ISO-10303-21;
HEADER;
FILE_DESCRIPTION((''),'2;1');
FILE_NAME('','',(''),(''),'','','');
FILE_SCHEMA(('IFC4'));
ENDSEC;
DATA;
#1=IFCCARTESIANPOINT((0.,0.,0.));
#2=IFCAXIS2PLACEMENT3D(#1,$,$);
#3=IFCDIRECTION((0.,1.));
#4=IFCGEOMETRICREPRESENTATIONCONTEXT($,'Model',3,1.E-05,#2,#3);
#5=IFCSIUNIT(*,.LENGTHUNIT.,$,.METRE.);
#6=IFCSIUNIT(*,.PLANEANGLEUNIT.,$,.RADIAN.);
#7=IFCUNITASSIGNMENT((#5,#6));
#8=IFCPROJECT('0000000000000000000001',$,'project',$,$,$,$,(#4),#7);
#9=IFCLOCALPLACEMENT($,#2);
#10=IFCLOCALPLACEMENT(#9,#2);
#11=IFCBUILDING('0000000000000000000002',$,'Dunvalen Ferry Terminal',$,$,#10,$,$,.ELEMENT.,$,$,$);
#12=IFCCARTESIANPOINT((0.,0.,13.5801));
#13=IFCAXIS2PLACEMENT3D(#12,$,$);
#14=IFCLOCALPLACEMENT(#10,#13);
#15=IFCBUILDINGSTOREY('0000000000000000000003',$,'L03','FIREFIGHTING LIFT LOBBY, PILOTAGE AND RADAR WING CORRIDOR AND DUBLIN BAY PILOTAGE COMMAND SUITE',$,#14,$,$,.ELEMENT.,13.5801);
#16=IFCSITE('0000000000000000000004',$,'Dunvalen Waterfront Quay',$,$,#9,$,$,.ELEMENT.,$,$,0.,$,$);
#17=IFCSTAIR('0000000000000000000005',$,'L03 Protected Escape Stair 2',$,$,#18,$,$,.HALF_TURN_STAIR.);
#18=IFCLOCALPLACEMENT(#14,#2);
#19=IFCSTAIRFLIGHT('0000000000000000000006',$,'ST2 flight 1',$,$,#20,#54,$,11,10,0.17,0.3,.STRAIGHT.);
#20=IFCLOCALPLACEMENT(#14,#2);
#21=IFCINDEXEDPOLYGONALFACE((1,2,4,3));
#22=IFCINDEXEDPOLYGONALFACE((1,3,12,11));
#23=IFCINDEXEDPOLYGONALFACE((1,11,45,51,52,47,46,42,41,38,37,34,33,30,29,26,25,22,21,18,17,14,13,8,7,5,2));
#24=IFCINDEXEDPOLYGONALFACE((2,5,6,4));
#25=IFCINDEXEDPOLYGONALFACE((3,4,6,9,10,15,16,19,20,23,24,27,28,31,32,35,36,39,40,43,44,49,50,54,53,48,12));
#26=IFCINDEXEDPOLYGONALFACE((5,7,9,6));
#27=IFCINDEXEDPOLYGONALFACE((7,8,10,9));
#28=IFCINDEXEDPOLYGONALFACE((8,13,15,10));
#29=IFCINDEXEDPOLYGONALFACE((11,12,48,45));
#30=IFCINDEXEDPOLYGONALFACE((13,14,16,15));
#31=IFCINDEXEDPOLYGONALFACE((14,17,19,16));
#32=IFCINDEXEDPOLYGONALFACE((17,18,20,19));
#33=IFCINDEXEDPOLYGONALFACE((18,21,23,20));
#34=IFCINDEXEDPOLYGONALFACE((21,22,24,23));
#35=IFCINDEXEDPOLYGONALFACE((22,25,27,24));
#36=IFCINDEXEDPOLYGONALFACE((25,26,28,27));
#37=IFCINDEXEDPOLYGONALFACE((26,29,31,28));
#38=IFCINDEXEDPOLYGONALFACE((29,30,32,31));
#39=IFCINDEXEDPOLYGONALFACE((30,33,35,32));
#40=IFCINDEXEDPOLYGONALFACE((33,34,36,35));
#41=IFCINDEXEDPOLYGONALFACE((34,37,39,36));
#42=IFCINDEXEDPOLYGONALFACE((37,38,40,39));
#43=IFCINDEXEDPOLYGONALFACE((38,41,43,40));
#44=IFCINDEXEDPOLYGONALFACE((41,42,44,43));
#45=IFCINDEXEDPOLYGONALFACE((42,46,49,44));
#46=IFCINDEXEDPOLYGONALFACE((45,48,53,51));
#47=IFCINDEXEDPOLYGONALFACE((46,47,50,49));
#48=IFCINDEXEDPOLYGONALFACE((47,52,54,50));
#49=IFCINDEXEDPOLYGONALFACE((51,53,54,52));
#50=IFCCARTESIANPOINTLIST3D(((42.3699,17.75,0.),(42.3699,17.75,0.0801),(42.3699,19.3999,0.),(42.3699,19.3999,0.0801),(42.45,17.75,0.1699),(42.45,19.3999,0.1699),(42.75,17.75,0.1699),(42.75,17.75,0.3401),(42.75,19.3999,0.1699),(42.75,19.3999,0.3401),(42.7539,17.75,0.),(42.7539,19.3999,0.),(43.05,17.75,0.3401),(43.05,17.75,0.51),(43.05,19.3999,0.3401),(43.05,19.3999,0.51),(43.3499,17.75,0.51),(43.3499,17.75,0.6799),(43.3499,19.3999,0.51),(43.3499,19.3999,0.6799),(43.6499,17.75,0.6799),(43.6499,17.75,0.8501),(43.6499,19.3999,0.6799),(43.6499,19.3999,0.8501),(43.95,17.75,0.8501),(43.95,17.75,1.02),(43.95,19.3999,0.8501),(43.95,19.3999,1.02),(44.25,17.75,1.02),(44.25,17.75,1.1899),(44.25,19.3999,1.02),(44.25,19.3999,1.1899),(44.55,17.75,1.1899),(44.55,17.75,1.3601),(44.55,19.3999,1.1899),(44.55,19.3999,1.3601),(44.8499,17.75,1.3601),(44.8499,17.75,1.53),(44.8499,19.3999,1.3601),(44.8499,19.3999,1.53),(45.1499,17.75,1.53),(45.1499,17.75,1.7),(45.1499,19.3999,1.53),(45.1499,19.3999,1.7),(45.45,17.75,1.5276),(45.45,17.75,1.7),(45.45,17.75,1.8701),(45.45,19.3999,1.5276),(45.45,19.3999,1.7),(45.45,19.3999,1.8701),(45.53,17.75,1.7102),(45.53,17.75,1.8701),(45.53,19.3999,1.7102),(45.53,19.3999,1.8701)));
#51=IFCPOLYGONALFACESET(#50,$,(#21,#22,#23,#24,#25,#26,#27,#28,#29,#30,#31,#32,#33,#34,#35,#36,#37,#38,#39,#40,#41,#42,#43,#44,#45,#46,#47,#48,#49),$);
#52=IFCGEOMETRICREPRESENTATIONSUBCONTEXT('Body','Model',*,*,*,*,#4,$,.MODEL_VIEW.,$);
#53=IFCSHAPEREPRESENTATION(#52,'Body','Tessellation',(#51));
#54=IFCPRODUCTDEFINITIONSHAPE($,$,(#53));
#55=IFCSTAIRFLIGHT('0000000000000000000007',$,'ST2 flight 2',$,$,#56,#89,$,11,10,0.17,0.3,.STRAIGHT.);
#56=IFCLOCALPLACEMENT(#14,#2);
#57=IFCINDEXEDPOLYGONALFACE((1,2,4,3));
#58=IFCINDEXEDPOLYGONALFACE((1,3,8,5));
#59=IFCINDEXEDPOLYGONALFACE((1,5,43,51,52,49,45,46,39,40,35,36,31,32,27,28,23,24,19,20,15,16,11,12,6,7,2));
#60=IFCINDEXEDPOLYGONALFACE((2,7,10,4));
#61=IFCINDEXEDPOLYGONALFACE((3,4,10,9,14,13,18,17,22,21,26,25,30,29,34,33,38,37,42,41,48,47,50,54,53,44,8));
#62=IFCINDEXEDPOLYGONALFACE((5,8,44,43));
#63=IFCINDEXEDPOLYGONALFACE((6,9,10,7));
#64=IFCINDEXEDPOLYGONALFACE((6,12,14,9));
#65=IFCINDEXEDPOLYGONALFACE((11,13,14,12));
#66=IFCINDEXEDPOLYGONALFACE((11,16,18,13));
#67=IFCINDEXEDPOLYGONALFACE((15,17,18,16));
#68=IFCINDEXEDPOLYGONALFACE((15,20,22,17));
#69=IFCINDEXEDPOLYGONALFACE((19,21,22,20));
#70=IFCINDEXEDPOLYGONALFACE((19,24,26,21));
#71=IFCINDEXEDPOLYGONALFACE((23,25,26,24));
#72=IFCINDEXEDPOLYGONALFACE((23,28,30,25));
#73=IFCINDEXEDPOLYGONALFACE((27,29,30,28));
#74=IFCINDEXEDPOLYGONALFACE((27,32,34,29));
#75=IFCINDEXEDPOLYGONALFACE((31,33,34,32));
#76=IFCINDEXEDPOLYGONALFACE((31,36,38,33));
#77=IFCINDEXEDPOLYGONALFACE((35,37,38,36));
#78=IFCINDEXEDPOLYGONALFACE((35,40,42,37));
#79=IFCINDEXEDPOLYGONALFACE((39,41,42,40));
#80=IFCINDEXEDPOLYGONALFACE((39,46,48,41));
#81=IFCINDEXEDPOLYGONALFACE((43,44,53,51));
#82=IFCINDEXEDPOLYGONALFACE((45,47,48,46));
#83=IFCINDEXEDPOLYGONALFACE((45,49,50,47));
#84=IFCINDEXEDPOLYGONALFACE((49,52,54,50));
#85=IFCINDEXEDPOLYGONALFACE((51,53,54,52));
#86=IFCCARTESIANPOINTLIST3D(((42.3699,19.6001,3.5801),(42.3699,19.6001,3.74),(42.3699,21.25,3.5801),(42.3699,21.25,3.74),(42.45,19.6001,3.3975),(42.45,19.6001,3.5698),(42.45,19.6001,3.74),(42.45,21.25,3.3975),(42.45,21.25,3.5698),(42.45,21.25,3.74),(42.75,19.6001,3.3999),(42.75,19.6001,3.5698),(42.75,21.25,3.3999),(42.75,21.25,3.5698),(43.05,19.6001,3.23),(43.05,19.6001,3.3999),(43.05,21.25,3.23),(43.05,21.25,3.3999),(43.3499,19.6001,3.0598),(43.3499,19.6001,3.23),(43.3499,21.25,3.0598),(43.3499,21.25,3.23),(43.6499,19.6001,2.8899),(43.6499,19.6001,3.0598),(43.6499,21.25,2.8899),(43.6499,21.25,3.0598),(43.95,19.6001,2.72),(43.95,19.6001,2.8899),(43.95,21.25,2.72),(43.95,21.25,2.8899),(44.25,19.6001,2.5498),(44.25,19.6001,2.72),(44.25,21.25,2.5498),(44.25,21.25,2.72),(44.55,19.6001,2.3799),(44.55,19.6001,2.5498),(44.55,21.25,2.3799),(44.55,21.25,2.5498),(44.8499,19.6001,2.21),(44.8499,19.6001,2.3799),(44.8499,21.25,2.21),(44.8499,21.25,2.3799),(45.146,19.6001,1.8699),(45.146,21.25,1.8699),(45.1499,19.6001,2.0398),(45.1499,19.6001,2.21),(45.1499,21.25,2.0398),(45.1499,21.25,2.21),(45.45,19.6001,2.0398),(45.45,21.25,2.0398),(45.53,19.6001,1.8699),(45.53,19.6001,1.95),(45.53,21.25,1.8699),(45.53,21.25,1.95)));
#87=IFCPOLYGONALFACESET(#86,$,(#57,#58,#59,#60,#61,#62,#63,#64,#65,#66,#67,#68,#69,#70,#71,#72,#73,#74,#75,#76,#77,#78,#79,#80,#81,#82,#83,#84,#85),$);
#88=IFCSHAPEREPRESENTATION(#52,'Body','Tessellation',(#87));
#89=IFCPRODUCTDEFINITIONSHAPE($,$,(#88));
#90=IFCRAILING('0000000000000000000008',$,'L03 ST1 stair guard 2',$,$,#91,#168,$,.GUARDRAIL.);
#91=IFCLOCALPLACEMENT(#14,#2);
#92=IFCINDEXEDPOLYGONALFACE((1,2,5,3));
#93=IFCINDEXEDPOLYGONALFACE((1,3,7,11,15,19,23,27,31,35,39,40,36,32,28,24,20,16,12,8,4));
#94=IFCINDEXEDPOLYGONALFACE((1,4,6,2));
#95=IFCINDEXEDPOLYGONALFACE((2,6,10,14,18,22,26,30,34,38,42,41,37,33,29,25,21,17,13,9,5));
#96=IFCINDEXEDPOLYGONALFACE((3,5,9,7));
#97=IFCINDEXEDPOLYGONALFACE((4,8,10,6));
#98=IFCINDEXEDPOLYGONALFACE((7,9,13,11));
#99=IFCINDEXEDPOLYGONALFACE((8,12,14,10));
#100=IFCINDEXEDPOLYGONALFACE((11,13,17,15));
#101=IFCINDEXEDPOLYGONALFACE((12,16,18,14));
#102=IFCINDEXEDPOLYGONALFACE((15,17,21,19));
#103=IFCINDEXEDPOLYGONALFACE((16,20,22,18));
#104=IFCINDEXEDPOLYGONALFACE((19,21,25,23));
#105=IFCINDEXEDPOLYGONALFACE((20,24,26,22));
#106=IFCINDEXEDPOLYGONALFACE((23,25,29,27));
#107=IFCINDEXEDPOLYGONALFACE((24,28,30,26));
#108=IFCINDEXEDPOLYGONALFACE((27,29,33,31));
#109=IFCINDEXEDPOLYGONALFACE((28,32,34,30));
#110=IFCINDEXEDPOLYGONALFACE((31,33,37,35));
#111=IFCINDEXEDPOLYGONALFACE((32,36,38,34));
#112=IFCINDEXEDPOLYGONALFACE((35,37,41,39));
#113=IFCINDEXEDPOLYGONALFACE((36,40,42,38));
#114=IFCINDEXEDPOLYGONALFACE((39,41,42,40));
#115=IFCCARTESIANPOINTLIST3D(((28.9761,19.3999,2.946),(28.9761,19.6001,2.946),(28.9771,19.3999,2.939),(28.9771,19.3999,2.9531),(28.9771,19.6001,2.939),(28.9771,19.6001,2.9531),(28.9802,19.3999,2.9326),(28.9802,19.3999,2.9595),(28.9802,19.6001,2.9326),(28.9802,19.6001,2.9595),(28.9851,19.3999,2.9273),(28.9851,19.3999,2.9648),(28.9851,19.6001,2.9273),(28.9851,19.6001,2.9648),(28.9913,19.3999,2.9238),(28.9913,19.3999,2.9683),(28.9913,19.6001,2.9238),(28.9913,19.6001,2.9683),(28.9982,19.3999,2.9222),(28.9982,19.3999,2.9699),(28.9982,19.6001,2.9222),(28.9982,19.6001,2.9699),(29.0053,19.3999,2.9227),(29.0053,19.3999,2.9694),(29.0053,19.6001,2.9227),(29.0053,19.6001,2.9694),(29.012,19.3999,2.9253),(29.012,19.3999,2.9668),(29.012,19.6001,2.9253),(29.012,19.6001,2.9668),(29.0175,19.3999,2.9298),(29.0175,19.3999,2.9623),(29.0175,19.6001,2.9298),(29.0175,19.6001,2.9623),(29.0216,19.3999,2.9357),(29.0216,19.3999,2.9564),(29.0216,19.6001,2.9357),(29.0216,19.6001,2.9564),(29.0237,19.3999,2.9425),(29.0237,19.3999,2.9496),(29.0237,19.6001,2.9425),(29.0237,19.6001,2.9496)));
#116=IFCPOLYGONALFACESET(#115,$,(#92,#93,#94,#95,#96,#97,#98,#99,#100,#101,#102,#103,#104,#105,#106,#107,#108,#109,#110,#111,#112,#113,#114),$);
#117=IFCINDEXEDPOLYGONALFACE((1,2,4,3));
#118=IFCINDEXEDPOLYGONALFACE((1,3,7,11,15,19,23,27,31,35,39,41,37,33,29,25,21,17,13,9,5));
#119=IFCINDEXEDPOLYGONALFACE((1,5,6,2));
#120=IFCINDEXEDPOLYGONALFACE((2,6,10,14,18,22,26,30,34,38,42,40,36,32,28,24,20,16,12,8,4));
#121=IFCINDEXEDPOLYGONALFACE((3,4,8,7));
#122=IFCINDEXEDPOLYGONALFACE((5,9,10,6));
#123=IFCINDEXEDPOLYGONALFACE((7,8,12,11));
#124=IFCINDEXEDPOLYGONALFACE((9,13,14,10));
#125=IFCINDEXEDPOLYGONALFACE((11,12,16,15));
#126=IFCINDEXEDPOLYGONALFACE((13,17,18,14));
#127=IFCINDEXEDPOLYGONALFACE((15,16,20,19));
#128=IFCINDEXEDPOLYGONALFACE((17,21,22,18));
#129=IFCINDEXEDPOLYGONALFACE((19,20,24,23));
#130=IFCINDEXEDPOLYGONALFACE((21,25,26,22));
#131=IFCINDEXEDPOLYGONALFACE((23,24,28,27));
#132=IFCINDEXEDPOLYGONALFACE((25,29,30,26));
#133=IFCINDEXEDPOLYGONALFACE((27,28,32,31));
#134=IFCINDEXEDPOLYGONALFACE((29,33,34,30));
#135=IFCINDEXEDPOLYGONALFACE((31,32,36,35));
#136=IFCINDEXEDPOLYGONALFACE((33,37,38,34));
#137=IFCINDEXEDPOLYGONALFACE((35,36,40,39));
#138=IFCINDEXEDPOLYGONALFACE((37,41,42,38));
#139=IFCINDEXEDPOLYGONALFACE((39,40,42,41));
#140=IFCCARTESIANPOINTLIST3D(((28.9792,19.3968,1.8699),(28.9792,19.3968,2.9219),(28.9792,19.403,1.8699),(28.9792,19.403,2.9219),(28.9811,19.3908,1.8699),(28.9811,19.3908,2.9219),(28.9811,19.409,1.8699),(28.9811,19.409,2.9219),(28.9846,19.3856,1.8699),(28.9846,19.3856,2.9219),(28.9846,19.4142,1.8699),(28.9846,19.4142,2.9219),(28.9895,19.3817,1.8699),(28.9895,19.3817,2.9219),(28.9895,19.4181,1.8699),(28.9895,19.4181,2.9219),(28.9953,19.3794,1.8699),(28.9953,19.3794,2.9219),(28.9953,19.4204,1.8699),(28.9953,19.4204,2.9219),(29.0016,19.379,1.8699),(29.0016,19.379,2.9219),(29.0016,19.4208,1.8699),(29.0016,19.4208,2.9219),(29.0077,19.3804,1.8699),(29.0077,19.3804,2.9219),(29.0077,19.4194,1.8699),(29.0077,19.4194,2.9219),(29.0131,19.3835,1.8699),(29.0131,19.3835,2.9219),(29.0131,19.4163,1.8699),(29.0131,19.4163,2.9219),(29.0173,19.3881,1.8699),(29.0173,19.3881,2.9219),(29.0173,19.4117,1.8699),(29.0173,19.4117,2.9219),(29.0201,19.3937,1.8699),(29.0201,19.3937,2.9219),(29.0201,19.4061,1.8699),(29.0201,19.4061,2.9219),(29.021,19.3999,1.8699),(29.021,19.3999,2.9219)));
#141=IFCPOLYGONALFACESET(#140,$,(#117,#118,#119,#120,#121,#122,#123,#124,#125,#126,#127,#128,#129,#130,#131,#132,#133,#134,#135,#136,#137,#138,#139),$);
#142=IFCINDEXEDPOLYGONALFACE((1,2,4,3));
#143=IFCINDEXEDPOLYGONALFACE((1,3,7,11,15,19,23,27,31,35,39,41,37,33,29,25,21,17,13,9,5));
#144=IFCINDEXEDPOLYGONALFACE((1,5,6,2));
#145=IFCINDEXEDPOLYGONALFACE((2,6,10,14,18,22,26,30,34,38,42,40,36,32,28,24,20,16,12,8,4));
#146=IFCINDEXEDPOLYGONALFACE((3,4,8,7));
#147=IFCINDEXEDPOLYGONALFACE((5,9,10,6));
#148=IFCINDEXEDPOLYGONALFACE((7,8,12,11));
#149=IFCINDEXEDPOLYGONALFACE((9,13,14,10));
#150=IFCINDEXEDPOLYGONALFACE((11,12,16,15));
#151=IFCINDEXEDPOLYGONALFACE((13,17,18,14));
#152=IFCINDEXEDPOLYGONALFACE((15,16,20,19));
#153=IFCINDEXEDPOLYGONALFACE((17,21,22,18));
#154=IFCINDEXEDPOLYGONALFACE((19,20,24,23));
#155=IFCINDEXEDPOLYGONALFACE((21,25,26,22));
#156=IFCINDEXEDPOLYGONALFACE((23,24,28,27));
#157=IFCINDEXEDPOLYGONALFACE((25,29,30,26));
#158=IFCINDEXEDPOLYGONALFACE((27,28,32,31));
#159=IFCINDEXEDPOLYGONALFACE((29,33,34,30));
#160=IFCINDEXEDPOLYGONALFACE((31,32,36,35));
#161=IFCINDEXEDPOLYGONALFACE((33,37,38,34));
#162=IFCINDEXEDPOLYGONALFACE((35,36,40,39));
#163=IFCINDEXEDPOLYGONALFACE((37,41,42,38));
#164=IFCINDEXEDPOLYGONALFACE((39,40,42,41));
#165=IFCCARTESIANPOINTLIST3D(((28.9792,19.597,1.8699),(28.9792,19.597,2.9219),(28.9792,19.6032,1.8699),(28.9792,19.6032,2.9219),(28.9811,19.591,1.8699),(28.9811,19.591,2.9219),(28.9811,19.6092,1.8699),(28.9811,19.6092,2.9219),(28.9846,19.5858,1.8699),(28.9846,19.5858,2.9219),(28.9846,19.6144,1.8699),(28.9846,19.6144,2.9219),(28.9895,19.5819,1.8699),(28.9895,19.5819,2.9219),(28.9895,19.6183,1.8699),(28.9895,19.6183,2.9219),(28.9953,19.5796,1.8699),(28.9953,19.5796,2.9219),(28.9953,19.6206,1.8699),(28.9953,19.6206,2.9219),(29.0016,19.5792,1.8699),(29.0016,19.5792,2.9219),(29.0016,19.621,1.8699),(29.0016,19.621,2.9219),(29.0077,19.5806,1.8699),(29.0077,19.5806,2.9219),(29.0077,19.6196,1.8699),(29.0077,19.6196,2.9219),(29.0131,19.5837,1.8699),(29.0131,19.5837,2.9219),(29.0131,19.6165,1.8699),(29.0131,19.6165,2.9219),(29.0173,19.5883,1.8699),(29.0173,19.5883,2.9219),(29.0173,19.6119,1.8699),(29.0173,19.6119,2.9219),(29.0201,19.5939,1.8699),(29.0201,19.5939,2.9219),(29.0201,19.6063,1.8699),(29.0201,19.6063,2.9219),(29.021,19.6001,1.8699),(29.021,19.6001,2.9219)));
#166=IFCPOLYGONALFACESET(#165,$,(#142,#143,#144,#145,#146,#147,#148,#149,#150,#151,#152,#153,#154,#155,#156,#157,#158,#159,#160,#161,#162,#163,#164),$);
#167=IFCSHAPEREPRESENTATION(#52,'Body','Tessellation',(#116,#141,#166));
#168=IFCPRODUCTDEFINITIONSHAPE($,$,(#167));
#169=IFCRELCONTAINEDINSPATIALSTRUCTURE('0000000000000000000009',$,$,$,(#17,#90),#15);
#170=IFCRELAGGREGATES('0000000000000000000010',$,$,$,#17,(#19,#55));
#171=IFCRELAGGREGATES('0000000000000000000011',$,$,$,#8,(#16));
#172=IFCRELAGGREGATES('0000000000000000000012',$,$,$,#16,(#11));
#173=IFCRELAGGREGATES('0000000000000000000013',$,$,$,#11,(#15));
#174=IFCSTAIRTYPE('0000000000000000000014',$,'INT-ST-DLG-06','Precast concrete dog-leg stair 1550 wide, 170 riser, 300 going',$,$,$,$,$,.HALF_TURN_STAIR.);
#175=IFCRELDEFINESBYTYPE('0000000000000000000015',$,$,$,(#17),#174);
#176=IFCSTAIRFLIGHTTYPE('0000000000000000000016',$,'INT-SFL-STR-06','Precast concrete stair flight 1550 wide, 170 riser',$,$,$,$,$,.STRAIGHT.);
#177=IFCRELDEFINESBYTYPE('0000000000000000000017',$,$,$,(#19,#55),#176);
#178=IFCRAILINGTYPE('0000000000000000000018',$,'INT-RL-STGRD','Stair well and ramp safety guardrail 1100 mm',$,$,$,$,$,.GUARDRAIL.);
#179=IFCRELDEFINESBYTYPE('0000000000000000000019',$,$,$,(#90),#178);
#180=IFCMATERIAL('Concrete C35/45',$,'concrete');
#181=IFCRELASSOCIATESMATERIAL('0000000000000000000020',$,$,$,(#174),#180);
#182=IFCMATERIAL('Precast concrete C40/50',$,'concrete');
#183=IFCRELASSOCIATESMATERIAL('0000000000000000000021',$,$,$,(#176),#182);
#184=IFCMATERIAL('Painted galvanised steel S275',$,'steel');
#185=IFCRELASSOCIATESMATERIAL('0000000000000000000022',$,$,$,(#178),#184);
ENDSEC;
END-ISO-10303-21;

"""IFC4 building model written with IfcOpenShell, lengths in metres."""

from ifc_helpers import new_model, si_unit, direction, frame, origin, origin_2d, place, context, subcontext, project, spatial, polyline, circle, outline, extrude, material, type_object, element, aggregate, save


model = new_model("IFC4")

# Units and contexts
model_context = context("Model", 3, precision=1e-05, world=origin(), true_north=direction((0.0, 1.0)))
body_context = subcontext(model_context, "Body", "Model", "MODEL_VIEW")
ifc_project = project(units=[si_unit("LENGTHUNIT", "METRE"), si_unit("PLANEANGLEUNIT", "RADIAN")], contexts=[model_context])

# Site, building, storey
site_placement = place(None, origin())
site = spatial("IfcSite", under=ifc_project, at=site_placement, Name="Dunvalen Waterfront Quay", CompositionType="ELEMENT", RefElevation=0.0)
building_placement = place(site_placement, origin())
building = spatial("IfcBuilding", under=site, at=building_placement, Name="Dunvalen Ferry Terminal", CompositionType="ELEMENT")
storey_placement = place(building_placement, frame((0.0, 0.0, 13.5801)))
storey = spatial("IfcBuildingStorey", under=building, at=storey_placement, Name="L03", Description="FIREFIGHTING LIFT LOBBY, PILOTAGE AND RADAR WING CORRIDOR AND DUBLIN BAY PILOTAGE COMMAND SUITE", CompositionType="ELEMENT", Elevation=13.5801)

# Shared definitions
ifc_material_1 = material(Name="Concrete C35/45", Category="concrete")

# Stair, stair flights
stair_type = type_object("IfcStairType", Name="INT-ST-DLG-06", Description="Precast concrete dog-leg stair 1550 wide, 170 riser, 300 going", PredefinedType="HALF_TURN_STAIR", material=ifc_material_1)
stair_placement = place(storey_placement, origin())
stair = element("IfcStair", 1, at=stair_placement, inside=storey, type_object=stair_type, Name="L03 Protected Escape Stair 2", PredefinedType="HALF_TURN_STAIR")
ifc_material_2 = material(Name="Precast concrete C40/50", Category="concrete")
stair_flight_type = type_object("IfcStairFlightType", Name="INT-SFL-STR-06", Description="Precast concrete stair flight 1550 wide, 170 riser", PredefinedType="STRAIGHT", material=ifc_material_2)
stair_flight_1_placement = place(storey_placement, frame((42.45, 18.575, 0.0), z_axis=(0.0, 0.0, 1.0), x_axis=(1.0, 0.0, 0.0)))
stair_flight_1 = element("IfcStairFlight", 2, at=stair_flight_1_placement, type_object=stair_flight_type, Name="ST2 flight 1", NumberOfRisers=11, NumberOfTreads=10, PredefinedType="STRAIGHT", RiserHeight=0.17, TreadLength=0.3, context=body_context, shape_type="SweptSolid", body=[
    extrude(outline(polyline([(-0.0801, 0.0), (-0.0801, 0.0801), (0.0, 0.1699), (0.3, 0.1699), (0.3, 0.3401), (0.6001, 0.3401), (0.6001, 0.51), (0.8999, 0.51), (0.8999, 0.6799), (1.2, 0.6799), (1.2, 0.8501), (1.5, 0.8501), (1.5, 1.02), (1.8, 1.02), (1.8, 1.1899), (2.1001, 1.1899), (2.1001, 1.3601), (2.3999, 1.3601), (2.3999, 1.53), (2.7, 1.53), (2.7, 1.7), (3.0, 1.7), (3.0, 1.8701), (3.0801, 1.8701), (3.0801, 1.7102), (3.0, 1.5276), (0.304, 0.0), (-0.0801, 0.0)])), frame((0.0, 0.825, 0.0), z_axis=(0.0, -1.0, 0.0), x_axis=(1.0, 0.0, 0.0)), (0.0, 0.0, 1.0), 1.6499),
])
stair_flight_2_placement = place(storey_placement, frame((45.45, 20.425, 1.8699), z_axis=(0.0, 0.0, 1.0), x_axis=(-1.0, 0.0, 0.0)))
stair_flight_2 = element("IfcStairFlight", 3, at=stair_flight_2_placement, type_object=stair_flight_type, Name="ST2 flight 2", NumberOfRisers=11, NumberOfTreads=10, PredefinedType="STRAIGHT", RiserHeight=0.17, TreadLength=0.3, context=body_context, shape_type="SweptSolid", body=[
    extrude(outline(polyline([(-0.0801, 0.0), (-0.0801, 0.0801), (0.0, 0.1699), (0.3, 0.1699), (0.3, 0.3401), (0.6001, 0.3401), (0.6001, 0.51), (0.8999, 0.51), (0.8999, 0.6799), (1.2, 0.6799), (1.2, 0.8501), (1.5, 0.8501), (1.5, 1.02), (1.8, 1.02), (1.8, 1.1899), (2.1001, 1.1899), (2.1001, 1.3601), (2.3999, 1.3601), (2.3999, 1.53), (2.7, 1.53), (2.7, 1.7), (3.0, 1.7), (3.0, 1.8701), (3.0801, 1.8701), (3.0801, 1.7102), (3.0, 1.5276), (0.304, 0.0), (-0.0801, 0.0)])), frame((0.0, 0.825, 0.0), z_axis=(0.0, -1.0, 0.0), x_axis=(1.0, 0.0, 0.0)), (0.0, 0.0, 1.0), 1.6499),
])
aggregate(stair, [stair_flight_1, stair_flight_2])

# Railing
ifc_material_3 = material(Name="Painted galvanised steel S275", Category="steel")
railing_type_1 = type_object("IfcRailingType", Name="INT-RL-STGRD", Description="Stair well and ramp safety guardrail 1100 mm", PredefinedType="GUARDRAIL", material=ifc_material_3)
railing_1_placement = place(storey_placement, frame((29.0, 19.3999, 1.8699)))
element("IfcRailing", 4, at=railing_1_placement, inside=storey, type_object=railing_type_1, Name="L03 ST1 stair guard 2", PredefinedType="GUARDRAIL", context=body_context, shape_type="SweptSolid", body=[
    extrude(circle(Radius=0.0239, at=origin_2d()), frame((0.0, 0.0, 1.0762), z_axis=(0.0, 1.0, 0.0), x_axis=(-1.0, 0.0, 0.0)), (0.0, 0.0, 1.0), 0.2002),
    extrude(circle(Radius=0.021, at=origin_2d()), origin(), (0.0, 0.0, 1.0), 1.052),
    extrude(circle(Radius=0.021, at=origin_2d()), frame((0.0, 0.2002, 0.0)), (0.0, 0.0, 1.0), 1.052),
])

save(model, "model.ifc")
